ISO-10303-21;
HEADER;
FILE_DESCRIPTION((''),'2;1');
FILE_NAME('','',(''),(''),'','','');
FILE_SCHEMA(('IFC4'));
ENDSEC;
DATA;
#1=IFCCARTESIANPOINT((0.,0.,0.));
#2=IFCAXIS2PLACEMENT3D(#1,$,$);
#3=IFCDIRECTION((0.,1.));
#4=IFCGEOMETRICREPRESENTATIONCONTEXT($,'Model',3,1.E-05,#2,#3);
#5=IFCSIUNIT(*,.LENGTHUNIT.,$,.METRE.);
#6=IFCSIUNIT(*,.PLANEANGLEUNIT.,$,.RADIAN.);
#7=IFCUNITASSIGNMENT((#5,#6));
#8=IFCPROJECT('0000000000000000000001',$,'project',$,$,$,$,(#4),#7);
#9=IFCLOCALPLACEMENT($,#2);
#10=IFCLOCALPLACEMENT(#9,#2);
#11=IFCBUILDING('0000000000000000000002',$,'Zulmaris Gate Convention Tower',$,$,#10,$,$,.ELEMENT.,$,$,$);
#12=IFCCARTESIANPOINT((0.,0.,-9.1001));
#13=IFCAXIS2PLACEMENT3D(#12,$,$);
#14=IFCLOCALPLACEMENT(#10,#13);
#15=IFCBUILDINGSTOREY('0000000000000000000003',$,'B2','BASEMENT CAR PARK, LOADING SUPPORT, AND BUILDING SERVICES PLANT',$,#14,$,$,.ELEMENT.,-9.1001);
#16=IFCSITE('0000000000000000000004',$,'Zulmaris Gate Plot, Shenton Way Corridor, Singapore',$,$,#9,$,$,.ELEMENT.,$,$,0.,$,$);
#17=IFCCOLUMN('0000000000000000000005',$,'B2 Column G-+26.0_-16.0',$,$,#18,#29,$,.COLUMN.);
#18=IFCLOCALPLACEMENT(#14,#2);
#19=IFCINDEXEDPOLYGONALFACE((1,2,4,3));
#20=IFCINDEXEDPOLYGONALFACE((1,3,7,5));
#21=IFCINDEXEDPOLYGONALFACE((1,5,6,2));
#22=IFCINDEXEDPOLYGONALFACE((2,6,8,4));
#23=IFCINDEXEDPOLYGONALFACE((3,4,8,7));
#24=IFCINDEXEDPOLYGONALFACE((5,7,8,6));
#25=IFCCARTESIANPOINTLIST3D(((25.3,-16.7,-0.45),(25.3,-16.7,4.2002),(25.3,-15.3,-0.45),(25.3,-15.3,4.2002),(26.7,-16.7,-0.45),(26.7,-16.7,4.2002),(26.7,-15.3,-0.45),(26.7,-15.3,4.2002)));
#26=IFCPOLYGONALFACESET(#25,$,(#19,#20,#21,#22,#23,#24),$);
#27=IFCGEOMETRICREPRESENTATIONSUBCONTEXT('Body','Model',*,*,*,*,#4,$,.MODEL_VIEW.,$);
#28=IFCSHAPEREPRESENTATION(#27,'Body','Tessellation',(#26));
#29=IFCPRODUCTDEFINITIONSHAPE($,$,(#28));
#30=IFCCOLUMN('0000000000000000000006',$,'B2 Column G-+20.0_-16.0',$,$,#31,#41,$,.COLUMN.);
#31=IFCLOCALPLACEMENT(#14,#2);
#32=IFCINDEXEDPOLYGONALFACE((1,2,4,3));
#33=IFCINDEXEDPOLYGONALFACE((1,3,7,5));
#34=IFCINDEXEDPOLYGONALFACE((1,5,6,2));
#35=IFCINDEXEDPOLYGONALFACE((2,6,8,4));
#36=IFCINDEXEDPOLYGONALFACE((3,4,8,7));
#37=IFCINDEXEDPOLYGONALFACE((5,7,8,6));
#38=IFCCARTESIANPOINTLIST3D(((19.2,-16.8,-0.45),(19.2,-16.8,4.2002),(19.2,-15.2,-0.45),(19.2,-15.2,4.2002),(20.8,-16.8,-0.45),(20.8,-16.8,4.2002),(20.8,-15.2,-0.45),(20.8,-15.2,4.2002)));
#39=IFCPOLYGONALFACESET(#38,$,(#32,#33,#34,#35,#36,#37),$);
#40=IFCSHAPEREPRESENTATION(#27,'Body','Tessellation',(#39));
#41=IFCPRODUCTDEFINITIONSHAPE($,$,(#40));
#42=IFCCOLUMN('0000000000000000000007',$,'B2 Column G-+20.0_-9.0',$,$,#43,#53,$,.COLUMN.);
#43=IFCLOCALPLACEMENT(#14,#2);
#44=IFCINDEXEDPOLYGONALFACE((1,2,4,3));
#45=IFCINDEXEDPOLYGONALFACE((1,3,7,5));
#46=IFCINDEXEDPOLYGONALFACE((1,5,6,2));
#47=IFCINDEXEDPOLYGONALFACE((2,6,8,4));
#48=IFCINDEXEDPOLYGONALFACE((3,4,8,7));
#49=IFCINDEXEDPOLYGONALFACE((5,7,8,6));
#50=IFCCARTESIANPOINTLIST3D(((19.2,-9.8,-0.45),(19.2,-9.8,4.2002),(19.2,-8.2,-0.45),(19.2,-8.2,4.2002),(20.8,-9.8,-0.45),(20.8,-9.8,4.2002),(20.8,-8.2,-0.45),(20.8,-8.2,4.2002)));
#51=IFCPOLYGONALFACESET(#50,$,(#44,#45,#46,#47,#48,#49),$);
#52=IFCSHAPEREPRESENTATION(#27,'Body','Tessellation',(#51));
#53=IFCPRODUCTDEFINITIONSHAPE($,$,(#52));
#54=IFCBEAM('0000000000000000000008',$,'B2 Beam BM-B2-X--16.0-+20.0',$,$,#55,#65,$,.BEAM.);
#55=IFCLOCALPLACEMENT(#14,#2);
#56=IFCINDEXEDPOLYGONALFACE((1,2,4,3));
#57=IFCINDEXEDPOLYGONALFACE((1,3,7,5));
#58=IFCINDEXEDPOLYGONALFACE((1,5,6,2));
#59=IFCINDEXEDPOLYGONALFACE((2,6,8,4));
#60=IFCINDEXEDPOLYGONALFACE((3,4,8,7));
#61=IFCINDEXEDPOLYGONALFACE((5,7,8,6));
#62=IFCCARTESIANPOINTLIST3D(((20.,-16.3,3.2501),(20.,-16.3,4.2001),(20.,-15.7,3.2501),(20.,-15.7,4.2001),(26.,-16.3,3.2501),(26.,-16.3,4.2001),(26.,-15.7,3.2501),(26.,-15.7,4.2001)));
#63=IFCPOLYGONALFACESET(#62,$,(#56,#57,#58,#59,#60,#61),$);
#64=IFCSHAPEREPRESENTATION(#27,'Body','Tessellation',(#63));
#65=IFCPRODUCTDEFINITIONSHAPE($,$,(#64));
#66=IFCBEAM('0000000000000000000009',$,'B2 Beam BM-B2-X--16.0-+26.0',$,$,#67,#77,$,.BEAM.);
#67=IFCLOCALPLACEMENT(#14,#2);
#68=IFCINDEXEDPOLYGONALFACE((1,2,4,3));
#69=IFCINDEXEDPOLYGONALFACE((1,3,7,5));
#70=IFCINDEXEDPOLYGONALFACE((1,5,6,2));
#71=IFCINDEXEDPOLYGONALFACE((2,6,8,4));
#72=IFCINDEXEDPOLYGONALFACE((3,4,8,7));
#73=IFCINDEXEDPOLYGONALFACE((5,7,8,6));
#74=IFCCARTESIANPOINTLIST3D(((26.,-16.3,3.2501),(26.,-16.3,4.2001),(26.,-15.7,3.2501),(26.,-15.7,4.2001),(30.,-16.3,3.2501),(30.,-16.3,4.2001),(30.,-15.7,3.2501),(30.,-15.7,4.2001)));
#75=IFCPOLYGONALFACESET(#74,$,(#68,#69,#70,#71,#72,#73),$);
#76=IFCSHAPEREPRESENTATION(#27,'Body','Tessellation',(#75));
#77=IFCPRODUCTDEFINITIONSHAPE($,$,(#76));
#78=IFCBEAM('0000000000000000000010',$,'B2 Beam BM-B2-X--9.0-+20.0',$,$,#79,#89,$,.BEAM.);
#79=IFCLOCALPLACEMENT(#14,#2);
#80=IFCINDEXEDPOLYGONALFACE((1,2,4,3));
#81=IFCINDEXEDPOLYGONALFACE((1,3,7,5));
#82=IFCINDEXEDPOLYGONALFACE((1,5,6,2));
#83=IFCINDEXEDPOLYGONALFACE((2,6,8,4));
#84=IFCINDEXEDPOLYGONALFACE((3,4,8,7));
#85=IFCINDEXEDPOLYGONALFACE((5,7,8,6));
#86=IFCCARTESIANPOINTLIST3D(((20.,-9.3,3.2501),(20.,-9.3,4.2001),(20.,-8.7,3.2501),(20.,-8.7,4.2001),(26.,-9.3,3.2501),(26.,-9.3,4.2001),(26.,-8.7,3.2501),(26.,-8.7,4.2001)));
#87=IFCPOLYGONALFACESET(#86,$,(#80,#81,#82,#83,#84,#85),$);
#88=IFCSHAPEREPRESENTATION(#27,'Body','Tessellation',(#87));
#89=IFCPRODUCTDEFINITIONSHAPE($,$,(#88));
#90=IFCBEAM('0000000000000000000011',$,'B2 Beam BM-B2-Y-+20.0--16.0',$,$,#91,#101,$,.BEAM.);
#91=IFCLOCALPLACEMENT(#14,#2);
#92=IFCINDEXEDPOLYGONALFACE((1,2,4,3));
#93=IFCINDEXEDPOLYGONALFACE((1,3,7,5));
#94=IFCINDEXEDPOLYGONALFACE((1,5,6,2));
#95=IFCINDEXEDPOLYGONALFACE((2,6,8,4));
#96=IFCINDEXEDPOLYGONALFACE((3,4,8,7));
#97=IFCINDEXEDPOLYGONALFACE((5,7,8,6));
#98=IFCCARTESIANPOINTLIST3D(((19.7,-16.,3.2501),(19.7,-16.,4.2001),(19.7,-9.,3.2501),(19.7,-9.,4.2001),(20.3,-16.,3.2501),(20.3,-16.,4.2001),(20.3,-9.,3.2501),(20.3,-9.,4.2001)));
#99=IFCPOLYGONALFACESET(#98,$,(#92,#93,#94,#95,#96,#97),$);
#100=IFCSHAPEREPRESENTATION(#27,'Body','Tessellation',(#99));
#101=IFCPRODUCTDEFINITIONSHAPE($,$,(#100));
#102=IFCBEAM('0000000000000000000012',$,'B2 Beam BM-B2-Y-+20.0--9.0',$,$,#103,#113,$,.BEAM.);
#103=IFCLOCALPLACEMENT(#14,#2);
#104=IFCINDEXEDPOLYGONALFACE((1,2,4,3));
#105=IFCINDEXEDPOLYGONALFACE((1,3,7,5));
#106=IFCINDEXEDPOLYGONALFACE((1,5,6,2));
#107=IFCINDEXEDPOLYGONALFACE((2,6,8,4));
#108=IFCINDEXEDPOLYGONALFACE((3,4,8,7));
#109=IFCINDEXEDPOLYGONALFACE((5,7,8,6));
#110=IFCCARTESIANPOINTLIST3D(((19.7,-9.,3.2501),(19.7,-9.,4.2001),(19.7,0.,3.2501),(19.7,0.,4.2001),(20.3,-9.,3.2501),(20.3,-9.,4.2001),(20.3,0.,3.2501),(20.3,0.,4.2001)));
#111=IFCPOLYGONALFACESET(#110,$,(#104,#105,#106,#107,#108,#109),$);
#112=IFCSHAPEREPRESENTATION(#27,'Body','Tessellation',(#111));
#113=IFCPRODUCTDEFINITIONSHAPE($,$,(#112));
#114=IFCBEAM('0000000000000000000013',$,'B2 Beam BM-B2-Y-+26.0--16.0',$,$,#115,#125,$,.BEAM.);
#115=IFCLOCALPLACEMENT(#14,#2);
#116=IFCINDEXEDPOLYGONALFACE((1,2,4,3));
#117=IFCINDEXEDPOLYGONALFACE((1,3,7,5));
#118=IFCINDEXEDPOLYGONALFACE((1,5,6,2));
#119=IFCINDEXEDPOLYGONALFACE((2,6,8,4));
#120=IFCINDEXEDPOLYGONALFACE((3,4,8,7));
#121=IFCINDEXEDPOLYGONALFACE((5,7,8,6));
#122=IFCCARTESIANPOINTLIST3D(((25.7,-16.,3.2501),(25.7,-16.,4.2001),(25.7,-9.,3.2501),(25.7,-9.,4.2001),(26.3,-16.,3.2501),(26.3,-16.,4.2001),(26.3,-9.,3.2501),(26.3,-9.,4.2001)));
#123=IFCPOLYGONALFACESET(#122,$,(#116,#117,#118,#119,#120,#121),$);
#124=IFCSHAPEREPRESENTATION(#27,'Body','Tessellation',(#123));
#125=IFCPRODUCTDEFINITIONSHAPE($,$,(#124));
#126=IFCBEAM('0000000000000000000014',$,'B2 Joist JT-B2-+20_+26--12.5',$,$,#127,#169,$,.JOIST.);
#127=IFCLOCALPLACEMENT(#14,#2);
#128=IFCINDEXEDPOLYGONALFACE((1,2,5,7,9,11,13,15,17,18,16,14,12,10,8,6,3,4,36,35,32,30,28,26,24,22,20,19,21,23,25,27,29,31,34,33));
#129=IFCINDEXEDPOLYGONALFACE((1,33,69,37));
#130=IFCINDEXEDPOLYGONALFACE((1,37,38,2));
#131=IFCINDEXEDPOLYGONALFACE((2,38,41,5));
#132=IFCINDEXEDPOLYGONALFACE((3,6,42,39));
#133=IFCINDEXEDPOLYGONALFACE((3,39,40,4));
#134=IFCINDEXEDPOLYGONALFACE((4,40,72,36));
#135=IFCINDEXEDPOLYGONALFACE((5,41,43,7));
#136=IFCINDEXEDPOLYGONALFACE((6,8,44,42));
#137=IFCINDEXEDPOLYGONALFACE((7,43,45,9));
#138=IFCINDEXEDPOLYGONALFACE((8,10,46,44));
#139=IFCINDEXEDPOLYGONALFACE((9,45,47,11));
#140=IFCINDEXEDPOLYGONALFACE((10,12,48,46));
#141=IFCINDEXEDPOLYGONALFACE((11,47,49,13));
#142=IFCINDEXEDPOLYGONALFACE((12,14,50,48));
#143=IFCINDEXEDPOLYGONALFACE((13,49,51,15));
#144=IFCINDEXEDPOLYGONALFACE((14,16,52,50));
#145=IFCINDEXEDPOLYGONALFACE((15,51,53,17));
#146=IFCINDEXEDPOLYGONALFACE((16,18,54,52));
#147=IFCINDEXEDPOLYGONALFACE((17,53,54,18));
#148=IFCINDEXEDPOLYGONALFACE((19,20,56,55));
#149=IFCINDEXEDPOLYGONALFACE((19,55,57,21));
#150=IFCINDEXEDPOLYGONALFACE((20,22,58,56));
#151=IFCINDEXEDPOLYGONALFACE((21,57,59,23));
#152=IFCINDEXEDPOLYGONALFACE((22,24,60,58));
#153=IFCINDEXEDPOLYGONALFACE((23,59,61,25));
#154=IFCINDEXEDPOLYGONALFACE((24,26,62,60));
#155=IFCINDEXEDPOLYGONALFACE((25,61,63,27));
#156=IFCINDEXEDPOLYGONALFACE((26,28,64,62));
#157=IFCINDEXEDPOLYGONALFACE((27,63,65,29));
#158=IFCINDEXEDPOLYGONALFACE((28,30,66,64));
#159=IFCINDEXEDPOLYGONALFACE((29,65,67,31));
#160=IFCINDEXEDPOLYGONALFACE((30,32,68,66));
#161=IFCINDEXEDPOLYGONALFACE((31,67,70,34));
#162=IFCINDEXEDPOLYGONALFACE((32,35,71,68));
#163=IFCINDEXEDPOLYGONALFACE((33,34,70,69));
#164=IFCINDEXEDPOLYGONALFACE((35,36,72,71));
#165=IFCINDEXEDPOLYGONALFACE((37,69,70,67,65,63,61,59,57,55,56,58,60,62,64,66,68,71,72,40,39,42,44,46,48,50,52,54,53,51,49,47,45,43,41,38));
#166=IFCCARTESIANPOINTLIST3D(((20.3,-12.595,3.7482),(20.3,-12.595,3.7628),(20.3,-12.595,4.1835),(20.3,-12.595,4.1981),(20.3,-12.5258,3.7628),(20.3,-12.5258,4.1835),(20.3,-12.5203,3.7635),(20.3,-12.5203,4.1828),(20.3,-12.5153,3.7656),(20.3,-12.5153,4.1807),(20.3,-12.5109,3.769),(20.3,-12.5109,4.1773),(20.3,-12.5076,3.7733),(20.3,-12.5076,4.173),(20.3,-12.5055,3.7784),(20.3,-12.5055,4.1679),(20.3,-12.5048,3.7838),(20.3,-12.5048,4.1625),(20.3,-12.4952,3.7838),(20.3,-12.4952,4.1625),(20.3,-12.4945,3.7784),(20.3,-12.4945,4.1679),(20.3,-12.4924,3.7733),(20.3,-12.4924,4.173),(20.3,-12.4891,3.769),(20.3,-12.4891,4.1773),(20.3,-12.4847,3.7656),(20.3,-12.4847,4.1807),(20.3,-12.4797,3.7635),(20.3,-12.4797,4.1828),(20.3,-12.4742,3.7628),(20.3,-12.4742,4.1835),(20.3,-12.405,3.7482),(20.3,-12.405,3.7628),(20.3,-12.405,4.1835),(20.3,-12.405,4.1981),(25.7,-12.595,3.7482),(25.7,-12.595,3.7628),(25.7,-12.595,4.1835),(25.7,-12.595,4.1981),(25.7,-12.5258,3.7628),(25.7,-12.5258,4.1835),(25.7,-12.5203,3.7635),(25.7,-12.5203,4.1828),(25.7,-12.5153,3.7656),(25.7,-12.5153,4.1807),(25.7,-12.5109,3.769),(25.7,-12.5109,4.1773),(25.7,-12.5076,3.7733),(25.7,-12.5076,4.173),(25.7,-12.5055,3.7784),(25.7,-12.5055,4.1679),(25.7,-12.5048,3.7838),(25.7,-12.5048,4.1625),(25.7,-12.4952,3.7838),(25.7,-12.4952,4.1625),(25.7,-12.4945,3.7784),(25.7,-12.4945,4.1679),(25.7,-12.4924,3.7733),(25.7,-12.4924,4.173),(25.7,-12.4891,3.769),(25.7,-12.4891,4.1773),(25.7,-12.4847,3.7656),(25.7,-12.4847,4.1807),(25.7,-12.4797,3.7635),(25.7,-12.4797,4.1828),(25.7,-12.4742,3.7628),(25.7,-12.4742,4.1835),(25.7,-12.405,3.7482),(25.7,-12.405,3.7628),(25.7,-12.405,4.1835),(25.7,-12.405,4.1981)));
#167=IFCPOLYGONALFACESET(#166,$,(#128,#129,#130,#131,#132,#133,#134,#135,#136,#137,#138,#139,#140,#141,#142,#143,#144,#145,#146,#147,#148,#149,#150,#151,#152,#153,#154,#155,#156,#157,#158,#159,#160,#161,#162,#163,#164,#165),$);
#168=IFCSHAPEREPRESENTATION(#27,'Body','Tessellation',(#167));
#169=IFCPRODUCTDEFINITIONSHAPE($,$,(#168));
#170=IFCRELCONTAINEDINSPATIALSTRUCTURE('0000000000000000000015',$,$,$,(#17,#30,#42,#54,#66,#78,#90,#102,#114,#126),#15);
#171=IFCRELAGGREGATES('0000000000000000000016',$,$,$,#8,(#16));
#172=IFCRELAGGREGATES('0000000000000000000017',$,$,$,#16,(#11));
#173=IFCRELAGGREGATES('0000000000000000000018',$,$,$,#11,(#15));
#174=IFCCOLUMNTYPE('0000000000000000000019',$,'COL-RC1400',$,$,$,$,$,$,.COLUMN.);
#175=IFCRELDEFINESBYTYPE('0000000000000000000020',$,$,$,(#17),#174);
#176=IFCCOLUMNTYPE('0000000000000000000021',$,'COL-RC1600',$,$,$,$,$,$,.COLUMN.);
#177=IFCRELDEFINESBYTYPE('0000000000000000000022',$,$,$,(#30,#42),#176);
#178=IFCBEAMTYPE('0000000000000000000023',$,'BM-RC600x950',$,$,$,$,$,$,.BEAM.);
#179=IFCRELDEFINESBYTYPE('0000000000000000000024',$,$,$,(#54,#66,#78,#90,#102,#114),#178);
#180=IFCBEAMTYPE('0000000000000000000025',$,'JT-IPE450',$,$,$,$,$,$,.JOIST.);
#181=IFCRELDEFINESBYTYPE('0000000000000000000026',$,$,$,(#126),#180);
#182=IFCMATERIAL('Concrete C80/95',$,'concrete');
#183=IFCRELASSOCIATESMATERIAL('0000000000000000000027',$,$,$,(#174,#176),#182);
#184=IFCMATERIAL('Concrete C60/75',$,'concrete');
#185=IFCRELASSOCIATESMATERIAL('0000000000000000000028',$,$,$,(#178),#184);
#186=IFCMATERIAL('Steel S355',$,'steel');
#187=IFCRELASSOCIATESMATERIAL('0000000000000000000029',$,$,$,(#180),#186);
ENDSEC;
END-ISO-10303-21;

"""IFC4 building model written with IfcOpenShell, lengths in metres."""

from ifc_helpers import new_model, si_unit, direction, frame, origin, origin_2d, place, context, subcontext, project, spatial, rectangle, i_section, extrude, material, material_profile, profile_set, type_object, element, save


model = new_model("IFC4")

# Units and contexts
model_context = context("Model", 3, precision=1e-05, world=origin(), true_north=direction((0.0, 1.0)))
body_context = subcontext(model_context, "Body", "Model", "MODEL_VIEW")
ifc_project = project(units=[si_unit("LENGTHUNIT", "METRE"), si_unit("PLANEANGLEUNIT", "RADIAN")], contexts=[model_context])

# Site, building, storey
site_placement = place(None, origin())
site = spatial("IfcSite", under=ifc_project, at=site_placement, Name="Zulmaris Gate Plot, Shenton Way Corridor, Singapore", CompositionType="ELEMENT", RefElevation=0.0)
building_placement = place(site_placement, origin())
building = spatial("IfcBuilding", under=site, at=building_placement, Name="Zulmaris Gate Convention Tower", CompositionType="ELEMENT")
storey_placement = place(building_placement, frame((0.0, 0.0, -9.1001)))
storey = spatial("IfcBuildingStorey", under=building, at=storey_placement, Name="B2", Description="BASEMENT CAR PARK, LOADING SUPPORT, AND BUILDING SERVICES PLANT", CompositionType="ELEMENT", Elevation=-9.1001)

# Columns
ifc_material_1 = material(Name="Concrete C80/95", Category="concrete")
ifc_material_profile_1 = material_profile(ifc_material_1, rectangle(XDim=1.3999, YDim=1.3999, at=origin_2d()), Name="RC COL 1400x1400")
ifc_profile_set_1 = profile_set([ifc_material_profile_1], Name="Concrete C80/95")
column_type_1 = type_object("IfcColumnType", Name="COL-RC1400", PredefinedType="COLUMN", material=ifc_profile_set_1)
column_placement = place(storey_placement, frame((26.0, -16.0, -0.45), z_axis=(0.0, 0.0, 1.0), x_axis=(1.0, 0.0, 0.0)))
element("IfcColumn", 1, at=column_placement, inside=storey, type_object=column_type_1, Name="B2 Column G-+26.0_-16.0", PredefinedType="COLUMN", context=body_context, shape_type="SweptSolid", body=[
    extrude(rectangle(XDim=1.3999, YDim=1.3999, at=origin_2d()), origin(), (0.0, 0.0, 1.0), 4.6501),
])
ifc_material_profile_2 = material_profile(ifc_material_1, rectangle(XDim=1.6001, YDim=1.6001, at=origin_2d()), Name="RC COL 1600x1600")
ifc_profile_set_2 = profile_set([ifc_material_profile_2], Name="Concrete C80/95")
column_type_2 = type_object("IfcColumnType", Name="COL-RC1600", PredefinedType="COLUMN", material=ifc_profile_set_2)
for number, where, z_axis, x_axis, name in (
    (2, (20.0, -16.0, -0.45), (0.0, 0.0, 1.0), (1.0, 0.0, 0.0), "B2 Column G-+20.0_-16.0"),
    (3, (20.0, -9.0, -0.45), (0.0, 0.0, 1.0), (1.0, 0.0, 0.0), "B2 Column G-+20.0_-9.0"),
):
    element("IfcColumn", number, at=place(storey_placement, frame(where, z_axis=z_axis, x_axis=x_axis)), inside=storey, type_object=column_type_2, Name=name, PredefinedType="COLUMN", context=body_context, shape_type="SweptSolid", body=[
        extrude(rectangle(XDim=1.6001, YDim=1.6001, at=origin_2d()), origin(), (0.0, 0.0, 1.0), 4.6501),
    ])

# Beams
ifc_material_2 = material(Name="Concrete C60/75", Category="concrete")
ifc_material_profile_3 = material_profile(ifc_material_2, rectangle(XDim=0.6001, YDim=0.95, at=origin_2d()), Name="RC BEAM 600x950")
ifc_profile_set_3 = profile_set([ifc_material_profile_3], Name="Concrete C60/75")
beam_type_1 = type_object("IfcBeamType", Name="BM-RC600x950", PredefinedType="BEAM", material=ifc_profile_set_3)
beam_1_placement = place(storey_placement, frame((20.0, -16.0, 3.7251), z_axis=(1.0, 0.0, 0.0), x_axis=(0.0, 1.0, 0.0)))
element("IfcBeam", 4, at=beam_1_placement, inside=storey, type_object=beam_type_1, Name="B2 Beam BM-B2-X--16.0-+20.0", PredefinedType="BEAM", context=body_context, shape_type="SweptSolid", body=[
    extrude(rectangle(XDim=0.6001, YDim=0.95, at=origin_2d()), origin(), (0.0, 0.0, 1.0), 6.0),
])
beam_2_placement = place(storey_placement, frame((26.0, -16.0, 3.7251), z_axis=(1.0, 0.0, 0.0), x_axis=(0.0, 1.0, 0.0)))
element("IfcBeam", 5, at=beam_2_placement, inside=storey, type_object=beam_type_1, Name="B2 Beam BM-B2-X--16.0-+26.0", PredefinedType="BEAM", context=body_context, shape_type="SweptSolid", body=[
    extrude(rectangle(XDim=0.6001, YDim=0.95, at=origin_2d()), origin(), (0.0, 0.0, 1.0), 4.0),
])
beam_3_placement = place(storey_placement, frame((20.0, -9.0, 3.7251), z_axis=(1.0, 0.0, 0.0), x_axis=(0.0, 1.0, 0.0)))
element("IfcBeam", 6, at=beam_3_placement, inside=storey, type_object=beam_type_1, Name="B2 Beam BM-B2-X--9.0-+20.0", PredefinedType="BEAM", context=body_context, shape_type="SweptSolid", body=[
    extrude(rectangle(XDim=0.6001, YDim=0.95, at=origin_2d()), origin(), (0.0, 0.0, 1.0), 6.0),
])
beam_4_placement = place(storey_placement, frame((20.0, -16.0, 3.7251), z_axis=(0.0, 1.0, 0.0), x_axis=(-1.0, 0.0, 0.0)))
element("IfcBeam", 7, at=beam_4_placement, inside=storey, type_object=beam_type_1, Name="B2 Beam BM-B2-Y-+20.0--16.0", PredefinedType="BEAM", context=body_context, shape_type="SweptSolid", body=[
    extrude(rectangle(XDim=0.6001, YDim=0.95, at=origin_2d()), origin(), (0.0, 0.0, 1.0), 7.0),
])
beam_5_placement = place(storey_placement, frame((20.0, -9.0, 3.7251), z_axis=(0.0, 1.0, 0.0), x_axis=(-1.0, 0.0, 0.0)))
element("IfcBeam", 8, at=beam_5_placement, inside=storey, type_object=beam_type_1, Name="B2 Beam BM-B2-Y-+20.0--9.0", PredefinedType="BEAM", context=body_context, shape_type="SweptSolid", body=[
    extrude(rectangle(XDim=0.6001, YDim=0.95, at=origin_2d()), origin(), (0.0, 0.0, 1.0), 9.0),
])
beam_6_placement = place(storey_placement, frame((26.0, -16.0, 3.7251), z_axis=(0.0, 1.0, 0.0), x_axis=(-1.0, 0.0, 0.0)))
element("IfcBeam", 9, at=beam_6_placement, inside=storey, type_object=beam_type_1, Name="B2 Beam BM-B2-Y-+26.0--16.0", PredefinedType="BEAM", context=body_context, shape_type="SweptSolid", body=[
    extrude(rectangle(XDim=0.6001, YDim=0.95, at=origin_2d()), origin(), (0.0, 0.0, 1.0), 7.0),
])
ifc_material_3 = material(Name="Steel S355", Category="steel")
ifc_material_profile_4 = material_profile(ifc_material_3, i_section(OverallWidth=0.1899, OverallDepth=0.45, WebThickness=0.0095, FlangeThickness=0.0146, FilletRadius=0.021, at=origin_2d()), Name="IPE 450")
ifc_profile_set_4 = profile_set([ifc_material_profile_4], Name="Steel S355")
beam_type_2 = type_object("IfcBeamType", Name="JT-IPE450", PredefinedType="JOIST", material=ifc_profile_set_4)
for number, where, z_axis, x_axis, name in (
    (10, (20.3, -12.5, 3.9731), (1.0, 0.0, 0.0), (0.0, 1.0, 0.0), "B2 Joist JT-B2-+20_+26--12.5"),
):
    element("IfcBeam", number, at=place(storey_placement, frame(where, z_axis=z_axis, x_axis=x_axis)), inside=storey, type_object=beam_type_2, Name=name, PredefinedType="JOIST", context=body_context, shape_type="SweptSolid", body=[
        extrude(i_section(OverallWidth=0.1899, OverallDepth=0.45, WebThickness=0.0095, FlangeThickness=0.0146, FilletRadius=0.021, at=origin_2d()), origin(), (0.0, 0.0, 1.0), 5.3999),
    ])

save(model, "model.ifc")
